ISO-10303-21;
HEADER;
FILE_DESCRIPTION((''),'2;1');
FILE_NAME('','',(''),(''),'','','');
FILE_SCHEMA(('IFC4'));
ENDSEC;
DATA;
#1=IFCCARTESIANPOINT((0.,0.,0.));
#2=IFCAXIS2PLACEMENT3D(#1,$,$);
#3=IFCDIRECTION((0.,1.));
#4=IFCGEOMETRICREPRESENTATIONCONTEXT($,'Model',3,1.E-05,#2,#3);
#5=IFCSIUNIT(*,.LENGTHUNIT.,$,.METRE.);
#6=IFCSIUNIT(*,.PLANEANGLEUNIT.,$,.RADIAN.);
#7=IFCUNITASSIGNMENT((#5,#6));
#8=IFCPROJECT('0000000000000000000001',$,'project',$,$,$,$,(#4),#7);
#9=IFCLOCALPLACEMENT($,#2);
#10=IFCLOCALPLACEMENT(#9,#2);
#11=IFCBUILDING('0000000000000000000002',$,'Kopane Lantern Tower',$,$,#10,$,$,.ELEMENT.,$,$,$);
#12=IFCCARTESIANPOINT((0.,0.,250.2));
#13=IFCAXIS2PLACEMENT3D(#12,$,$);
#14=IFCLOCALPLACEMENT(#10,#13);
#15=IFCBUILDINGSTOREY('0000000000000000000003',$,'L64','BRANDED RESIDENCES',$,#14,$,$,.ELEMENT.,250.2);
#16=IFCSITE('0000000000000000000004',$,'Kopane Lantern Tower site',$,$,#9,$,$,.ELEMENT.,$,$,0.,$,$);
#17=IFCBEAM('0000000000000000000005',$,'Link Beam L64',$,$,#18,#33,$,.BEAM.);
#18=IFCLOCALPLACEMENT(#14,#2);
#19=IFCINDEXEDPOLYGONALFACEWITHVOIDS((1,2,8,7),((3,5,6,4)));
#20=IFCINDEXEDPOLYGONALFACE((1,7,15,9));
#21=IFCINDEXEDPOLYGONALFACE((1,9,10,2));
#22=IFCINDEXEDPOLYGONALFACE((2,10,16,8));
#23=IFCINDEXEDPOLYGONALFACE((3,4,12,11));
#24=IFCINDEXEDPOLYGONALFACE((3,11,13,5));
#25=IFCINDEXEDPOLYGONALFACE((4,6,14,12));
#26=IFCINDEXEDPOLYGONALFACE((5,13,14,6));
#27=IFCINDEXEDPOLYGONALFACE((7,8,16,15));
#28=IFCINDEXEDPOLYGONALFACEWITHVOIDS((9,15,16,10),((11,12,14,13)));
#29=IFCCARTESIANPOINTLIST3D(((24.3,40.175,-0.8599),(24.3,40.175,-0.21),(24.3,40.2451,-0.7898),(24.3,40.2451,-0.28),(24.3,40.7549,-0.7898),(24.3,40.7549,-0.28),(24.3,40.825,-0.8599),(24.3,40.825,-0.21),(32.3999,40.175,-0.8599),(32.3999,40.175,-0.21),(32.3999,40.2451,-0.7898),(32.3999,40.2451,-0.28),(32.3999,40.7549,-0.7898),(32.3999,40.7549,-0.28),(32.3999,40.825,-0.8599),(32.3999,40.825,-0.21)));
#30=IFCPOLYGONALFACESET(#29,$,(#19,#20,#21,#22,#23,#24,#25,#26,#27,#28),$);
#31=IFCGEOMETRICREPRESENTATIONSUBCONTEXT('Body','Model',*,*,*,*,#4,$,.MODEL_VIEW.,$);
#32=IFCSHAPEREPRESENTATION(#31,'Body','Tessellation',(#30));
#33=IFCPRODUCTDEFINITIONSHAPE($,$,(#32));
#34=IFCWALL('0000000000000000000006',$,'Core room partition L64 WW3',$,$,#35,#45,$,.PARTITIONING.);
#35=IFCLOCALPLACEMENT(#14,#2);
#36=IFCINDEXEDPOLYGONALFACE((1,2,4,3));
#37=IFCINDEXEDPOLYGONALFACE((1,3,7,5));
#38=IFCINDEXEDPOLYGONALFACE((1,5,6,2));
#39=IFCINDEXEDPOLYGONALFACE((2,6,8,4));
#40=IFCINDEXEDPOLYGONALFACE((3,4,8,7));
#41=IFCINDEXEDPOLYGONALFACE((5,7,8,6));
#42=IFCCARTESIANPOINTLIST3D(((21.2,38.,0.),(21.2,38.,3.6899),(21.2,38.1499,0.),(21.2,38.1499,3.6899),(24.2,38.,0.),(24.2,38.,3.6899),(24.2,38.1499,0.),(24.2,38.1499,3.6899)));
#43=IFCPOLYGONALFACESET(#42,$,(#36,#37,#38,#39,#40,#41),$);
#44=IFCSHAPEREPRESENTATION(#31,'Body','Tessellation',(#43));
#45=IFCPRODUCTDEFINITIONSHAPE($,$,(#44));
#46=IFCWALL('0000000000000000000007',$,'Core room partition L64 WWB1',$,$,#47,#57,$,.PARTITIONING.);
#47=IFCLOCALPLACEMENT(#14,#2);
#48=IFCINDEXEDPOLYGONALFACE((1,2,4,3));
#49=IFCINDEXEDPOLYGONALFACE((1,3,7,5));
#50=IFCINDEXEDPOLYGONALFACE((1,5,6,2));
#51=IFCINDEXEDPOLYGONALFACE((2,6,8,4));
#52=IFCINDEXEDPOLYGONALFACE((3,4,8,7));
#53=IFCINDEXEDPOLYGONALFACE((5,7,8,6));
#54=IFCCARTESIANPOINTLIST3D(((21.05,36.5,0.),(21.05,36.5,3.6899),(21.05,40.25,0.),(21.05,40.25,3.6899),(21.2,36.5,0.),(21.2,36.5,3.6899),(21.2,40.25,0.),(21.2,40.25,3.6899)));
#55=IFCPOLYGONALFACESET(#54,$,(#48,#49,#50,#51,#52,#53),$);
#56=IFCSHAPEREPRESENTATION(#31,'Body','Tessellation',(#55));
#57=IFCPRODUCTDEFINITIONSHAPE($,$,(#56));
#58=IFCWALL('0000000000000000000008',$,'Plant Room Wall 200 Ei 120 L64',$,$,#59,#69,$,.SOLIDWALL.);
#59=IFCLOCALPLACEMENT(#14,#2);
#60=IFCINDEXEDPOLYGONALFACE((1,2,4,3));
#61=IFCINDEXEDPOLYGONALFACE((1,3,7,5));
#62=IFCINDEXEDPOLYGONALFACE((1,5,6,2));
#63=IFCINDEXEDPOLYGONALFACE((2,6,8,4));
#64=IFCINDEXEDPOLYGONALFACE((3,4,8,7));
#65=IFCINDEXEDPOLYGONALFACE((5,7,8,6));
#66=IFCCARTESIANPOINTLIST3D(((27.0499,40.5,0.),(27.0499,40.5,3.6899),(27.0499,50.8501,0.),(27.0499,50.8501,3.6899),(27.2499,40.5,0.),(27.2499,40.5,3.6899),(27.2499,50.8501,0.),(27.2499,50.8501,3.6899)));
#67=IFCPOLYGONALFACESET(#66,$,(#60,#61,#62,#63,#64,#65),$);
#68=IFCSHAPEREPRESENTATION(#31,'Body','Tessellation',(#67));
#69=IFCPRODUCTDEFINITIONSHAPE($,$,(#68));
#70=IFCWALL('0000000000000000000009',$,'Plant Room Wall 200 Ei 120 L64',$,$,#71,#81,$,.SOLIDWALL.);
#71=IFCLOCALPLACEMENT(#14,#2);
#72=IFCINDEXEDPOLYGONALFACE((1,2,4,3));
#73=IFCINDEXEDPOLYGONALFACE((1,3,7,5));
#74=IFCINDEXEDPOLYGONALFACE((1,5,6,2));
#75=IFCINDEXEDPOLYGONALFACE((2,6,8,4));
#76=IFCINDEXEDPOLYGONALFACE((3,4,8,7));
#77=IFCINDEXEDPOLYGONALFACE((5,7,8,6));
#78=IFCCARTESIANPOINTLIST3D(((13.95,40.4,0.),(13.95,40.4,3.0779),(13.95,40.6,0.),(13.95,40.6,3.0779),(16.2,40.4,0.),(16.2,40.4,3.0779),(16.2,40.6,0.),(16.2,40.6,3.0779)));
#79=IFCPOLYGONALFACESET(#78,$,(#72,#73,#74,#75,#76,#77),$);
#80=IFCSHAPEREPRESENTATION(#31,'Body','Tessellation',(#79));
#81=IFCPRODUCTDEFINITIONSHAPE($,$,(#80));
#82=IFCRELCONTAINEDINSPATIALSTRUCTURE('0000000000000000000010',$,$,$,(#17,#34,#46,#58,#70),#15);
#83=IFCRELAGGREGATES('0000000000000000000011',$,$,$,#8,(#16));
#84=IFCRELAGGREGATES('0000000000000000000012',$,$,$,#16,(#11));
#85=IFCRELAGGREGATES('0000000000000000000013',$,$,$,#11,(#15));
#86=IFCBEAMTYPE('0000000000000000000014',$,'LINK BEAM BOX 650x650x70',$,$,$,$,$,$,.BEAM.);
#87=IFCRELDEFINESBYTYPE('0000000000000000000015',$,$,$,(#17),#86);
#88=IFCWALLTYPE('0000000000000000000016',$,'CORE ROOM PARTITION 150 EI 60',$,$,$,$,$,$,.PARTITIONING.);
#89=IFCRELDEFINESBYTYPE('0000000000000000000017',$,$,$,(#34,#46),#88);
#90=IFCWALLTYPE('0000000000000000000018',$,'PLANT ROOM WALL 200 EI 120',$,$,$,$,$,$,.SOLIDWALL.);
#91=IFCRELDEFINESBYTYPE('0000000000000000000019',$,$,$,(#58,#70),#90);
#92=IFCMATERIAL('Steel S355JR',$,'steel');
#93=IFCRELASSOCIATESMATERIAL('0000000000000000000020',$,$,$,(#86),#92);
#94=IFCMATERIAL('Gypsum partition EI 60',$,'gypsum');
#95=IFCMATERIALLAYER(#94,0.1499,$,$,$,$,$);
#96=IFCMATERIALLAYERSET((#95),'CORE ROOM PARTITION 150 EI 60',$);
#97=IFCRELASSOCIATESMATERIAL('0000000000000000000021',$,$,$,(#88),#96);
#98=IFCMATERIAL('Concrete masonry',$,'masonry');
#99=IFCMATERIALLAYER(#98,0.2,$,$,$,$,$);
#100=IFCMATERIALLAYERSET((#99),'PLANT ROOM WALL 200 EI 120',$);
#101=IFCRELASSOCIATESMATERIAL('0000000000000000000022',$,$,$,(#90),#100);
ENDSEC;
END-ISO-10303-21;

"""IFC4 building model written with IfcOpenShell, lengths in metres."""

from ifc_helpers import new_model, si_unit, direction, frame, frame_2d, origin, origin_2d, place, context, subcontext, project, spatial, rectangle, hollow_rectangle, extrude, material, layer, layer_set, material_profile, profile_set, type_object, element, save


model = new_model("IFC4")

# Units and contexts
model_context = context("Model", 3, precision=1e-05, world=origin(), true_north=direction((0.0, 1.0)))
body_context = subcontext(model_context, "Body", "Model", "MODEL_VIEW")
ifc_project = project(units=[si_unit("LENGTHUNIT", "METRE"), si_unit("PLANEANGLEUNIT", "RADIAN")], contexts=[model_context])

# Site, building, storey
site_placement = place(None, origin())
site = spatial("IfcSite", under=ifc_project, at=site_placement, Name="Kopane Lantern Tower site", CompositionType="ELEMENT", RefElevation=0.0)
building_placement = place(site_placement, origin())
building = spatial("IfcBuilding", under=site, at=building_placement, Name="Kopane Lantern Tower", CompositionType="ELEMENT")
storey_placement = place(building_placement, frame((0.0, 0.0, 250.2)))
storey = spatial("IfcBuildingStorey", under=building, at=storey_placement, Name="L64", Description="BRANDED RESIDENCES", CompositionType="ELEMENT", Elevation=250.2)

# Beam
ifc_material_1 = material(Name="Steel S355JR", Category="steel")
ifc_material_profile_1 = material_profile(ifc_material_1, hollow_rectangle(XDim=0.6499, YDim=0.6499, WallThickness=0.0701, at=origin_2d()), Name="BOX 650x650x70")
ifc_profile_set_1 = profile_set([ifc_material_profile_1], Name="Steel S355JR")
beam_type_1 = type_object("IfcBeamType", Name="LINK BEAM BOX 650x650x70", PredefinedType="BEAM", material=ifc_profile_set_1)
beam_1_placement = place(storey_placement, frame((24.3, 40.5, -0.5349), z_axis=(1.0, 0.0, 0.0), x_axis=(0.0, 1.0, 0.0)))
element("IfcBeam", 1, at=beam_1_placement, inside=storey, type_object=beam_type_1, Name="Link Beam L64", PredefinedType="BEAM", context=body_context, shape_type="SweptSolid", body=[
    extrude(hollow_rectangle(XDim=0.6499, YDim=0.6499, WallThickness=0.0701, at=origin_2d()), origin(), (0.0, 0.0, 1.0), 8.0999),
])

# Walls
ifc_material_2 = material(Name="Gypsum partition EI 60", Category="gypsum")
ifc_layer_1 = layer(ifc_material_2, 0.1499)
ifc_layer_set_1 = layer_set([ifc_layer_1], Name="CORE ROOM PARTITION 150 EI 60")
wall_type_1 = type_object("IfcWallType", Name="CORE ROOM PARTITION 150 EI 60", PredefinedType="PARTITIONING", material=ifc_layer_set_1)
wall_1_placement = place(storey_placement, frame((21.2, 38.075, 0.0), z_axis=(0.0, 0.0, 1.0), x_axis=(1.0, 0.0, 0.0)))
element("IfcWall", 2, at=wall_1_placement, inside=storey, type_object=wall_type_1, Name="Core room partition L64 WW3", PredefinedType="PARTITIONING", context=body_context, shape_type="SweptSolid", body=[
    extrude(rectangle(XDim=3.0, YDim=0.1499, at=frame_2d((1.5, 0.0))), origin(), (0.0, 0.0, 1.0), 3.6899),
])
wall_2_placement = place(storey_placement, frame((21.125, 36.5, 0.0), z_axis=(0.0, 0.0, 1.0), x_axis=(0.0, 1.0, 0.0)))
element("IfcWall", 3, at=wall_2_placement, inside=storey, type_object=wall_type_1, Name="Core room partition L64 WWB1", PredefinedType="PARTITIONING", context=body_context, shape_type="SweptSolid", body=[
    extrude(rectangle(XDim=3.75, YDim=0.1499, at=frame_2d((1.875, 0.0))), origin(), (0.0, 0.0, 1.0), 3.6899),
])
ifc_material_3 = material(Name="Concrete masonry", Category="masonry")
ifc_layer_2 = layer(ifc_material_3, 0.2)
ifc_layer_set_2 = layer_set([ifc_layer_2], Name="PLANT ROOM WALL 200 EI 120")
wall_type_2 = type_object("IfcWallType", Name="PLANT ROOM WALL 200 EI 120", PredefinedType="SOLIDWALL", material=ifc_layer_set_2)
wall_3_placement = place(storey_placement, frame((27.1499, 40.5, 0.0), z_axis=(0.0, 0.0, 1.0), x_axis=(0.0, 1.0, 0.0)))
element("IfcWall", 4, at=wall_3_placement, inside=storey, type_object=wall_type_2, Name="Plant Room Wall 200 Ei 120 L64", PredefinedType="SOLIDWALL", context=body_context, shape_type="SweptSolid", body=[
    extrude(rectangle(XDim=10.3501, YDim=0.2, at=frame_2d((5.175, 0.0))), origin(), (0.0, 0.0, 1.0), 3.6899),
])
wall_4_placement = place(storey_placement, frame((13.95, 40.5, 0.0), z_axis=(0.0, 0.0, 1.0), x_axis=(1.0, 0.0, 0.0)))
element("IfcWall", 5, at=wall_4_placement, inside=storey, type_object=wall_type_2, Name="Plant Room Wall 200 Ei 120 L64", PredefinedType="SOLIDWALL", context=body_context, shape_type="SweptSolid", body=[
    extrude(rectangle(XDim=2.25, YDim=0.2, at=frame_2d((1.125, 0.0))), origin(), (0.0, 0.0, 1.0), 3.0779),
])

save(model, "model.ifc")
